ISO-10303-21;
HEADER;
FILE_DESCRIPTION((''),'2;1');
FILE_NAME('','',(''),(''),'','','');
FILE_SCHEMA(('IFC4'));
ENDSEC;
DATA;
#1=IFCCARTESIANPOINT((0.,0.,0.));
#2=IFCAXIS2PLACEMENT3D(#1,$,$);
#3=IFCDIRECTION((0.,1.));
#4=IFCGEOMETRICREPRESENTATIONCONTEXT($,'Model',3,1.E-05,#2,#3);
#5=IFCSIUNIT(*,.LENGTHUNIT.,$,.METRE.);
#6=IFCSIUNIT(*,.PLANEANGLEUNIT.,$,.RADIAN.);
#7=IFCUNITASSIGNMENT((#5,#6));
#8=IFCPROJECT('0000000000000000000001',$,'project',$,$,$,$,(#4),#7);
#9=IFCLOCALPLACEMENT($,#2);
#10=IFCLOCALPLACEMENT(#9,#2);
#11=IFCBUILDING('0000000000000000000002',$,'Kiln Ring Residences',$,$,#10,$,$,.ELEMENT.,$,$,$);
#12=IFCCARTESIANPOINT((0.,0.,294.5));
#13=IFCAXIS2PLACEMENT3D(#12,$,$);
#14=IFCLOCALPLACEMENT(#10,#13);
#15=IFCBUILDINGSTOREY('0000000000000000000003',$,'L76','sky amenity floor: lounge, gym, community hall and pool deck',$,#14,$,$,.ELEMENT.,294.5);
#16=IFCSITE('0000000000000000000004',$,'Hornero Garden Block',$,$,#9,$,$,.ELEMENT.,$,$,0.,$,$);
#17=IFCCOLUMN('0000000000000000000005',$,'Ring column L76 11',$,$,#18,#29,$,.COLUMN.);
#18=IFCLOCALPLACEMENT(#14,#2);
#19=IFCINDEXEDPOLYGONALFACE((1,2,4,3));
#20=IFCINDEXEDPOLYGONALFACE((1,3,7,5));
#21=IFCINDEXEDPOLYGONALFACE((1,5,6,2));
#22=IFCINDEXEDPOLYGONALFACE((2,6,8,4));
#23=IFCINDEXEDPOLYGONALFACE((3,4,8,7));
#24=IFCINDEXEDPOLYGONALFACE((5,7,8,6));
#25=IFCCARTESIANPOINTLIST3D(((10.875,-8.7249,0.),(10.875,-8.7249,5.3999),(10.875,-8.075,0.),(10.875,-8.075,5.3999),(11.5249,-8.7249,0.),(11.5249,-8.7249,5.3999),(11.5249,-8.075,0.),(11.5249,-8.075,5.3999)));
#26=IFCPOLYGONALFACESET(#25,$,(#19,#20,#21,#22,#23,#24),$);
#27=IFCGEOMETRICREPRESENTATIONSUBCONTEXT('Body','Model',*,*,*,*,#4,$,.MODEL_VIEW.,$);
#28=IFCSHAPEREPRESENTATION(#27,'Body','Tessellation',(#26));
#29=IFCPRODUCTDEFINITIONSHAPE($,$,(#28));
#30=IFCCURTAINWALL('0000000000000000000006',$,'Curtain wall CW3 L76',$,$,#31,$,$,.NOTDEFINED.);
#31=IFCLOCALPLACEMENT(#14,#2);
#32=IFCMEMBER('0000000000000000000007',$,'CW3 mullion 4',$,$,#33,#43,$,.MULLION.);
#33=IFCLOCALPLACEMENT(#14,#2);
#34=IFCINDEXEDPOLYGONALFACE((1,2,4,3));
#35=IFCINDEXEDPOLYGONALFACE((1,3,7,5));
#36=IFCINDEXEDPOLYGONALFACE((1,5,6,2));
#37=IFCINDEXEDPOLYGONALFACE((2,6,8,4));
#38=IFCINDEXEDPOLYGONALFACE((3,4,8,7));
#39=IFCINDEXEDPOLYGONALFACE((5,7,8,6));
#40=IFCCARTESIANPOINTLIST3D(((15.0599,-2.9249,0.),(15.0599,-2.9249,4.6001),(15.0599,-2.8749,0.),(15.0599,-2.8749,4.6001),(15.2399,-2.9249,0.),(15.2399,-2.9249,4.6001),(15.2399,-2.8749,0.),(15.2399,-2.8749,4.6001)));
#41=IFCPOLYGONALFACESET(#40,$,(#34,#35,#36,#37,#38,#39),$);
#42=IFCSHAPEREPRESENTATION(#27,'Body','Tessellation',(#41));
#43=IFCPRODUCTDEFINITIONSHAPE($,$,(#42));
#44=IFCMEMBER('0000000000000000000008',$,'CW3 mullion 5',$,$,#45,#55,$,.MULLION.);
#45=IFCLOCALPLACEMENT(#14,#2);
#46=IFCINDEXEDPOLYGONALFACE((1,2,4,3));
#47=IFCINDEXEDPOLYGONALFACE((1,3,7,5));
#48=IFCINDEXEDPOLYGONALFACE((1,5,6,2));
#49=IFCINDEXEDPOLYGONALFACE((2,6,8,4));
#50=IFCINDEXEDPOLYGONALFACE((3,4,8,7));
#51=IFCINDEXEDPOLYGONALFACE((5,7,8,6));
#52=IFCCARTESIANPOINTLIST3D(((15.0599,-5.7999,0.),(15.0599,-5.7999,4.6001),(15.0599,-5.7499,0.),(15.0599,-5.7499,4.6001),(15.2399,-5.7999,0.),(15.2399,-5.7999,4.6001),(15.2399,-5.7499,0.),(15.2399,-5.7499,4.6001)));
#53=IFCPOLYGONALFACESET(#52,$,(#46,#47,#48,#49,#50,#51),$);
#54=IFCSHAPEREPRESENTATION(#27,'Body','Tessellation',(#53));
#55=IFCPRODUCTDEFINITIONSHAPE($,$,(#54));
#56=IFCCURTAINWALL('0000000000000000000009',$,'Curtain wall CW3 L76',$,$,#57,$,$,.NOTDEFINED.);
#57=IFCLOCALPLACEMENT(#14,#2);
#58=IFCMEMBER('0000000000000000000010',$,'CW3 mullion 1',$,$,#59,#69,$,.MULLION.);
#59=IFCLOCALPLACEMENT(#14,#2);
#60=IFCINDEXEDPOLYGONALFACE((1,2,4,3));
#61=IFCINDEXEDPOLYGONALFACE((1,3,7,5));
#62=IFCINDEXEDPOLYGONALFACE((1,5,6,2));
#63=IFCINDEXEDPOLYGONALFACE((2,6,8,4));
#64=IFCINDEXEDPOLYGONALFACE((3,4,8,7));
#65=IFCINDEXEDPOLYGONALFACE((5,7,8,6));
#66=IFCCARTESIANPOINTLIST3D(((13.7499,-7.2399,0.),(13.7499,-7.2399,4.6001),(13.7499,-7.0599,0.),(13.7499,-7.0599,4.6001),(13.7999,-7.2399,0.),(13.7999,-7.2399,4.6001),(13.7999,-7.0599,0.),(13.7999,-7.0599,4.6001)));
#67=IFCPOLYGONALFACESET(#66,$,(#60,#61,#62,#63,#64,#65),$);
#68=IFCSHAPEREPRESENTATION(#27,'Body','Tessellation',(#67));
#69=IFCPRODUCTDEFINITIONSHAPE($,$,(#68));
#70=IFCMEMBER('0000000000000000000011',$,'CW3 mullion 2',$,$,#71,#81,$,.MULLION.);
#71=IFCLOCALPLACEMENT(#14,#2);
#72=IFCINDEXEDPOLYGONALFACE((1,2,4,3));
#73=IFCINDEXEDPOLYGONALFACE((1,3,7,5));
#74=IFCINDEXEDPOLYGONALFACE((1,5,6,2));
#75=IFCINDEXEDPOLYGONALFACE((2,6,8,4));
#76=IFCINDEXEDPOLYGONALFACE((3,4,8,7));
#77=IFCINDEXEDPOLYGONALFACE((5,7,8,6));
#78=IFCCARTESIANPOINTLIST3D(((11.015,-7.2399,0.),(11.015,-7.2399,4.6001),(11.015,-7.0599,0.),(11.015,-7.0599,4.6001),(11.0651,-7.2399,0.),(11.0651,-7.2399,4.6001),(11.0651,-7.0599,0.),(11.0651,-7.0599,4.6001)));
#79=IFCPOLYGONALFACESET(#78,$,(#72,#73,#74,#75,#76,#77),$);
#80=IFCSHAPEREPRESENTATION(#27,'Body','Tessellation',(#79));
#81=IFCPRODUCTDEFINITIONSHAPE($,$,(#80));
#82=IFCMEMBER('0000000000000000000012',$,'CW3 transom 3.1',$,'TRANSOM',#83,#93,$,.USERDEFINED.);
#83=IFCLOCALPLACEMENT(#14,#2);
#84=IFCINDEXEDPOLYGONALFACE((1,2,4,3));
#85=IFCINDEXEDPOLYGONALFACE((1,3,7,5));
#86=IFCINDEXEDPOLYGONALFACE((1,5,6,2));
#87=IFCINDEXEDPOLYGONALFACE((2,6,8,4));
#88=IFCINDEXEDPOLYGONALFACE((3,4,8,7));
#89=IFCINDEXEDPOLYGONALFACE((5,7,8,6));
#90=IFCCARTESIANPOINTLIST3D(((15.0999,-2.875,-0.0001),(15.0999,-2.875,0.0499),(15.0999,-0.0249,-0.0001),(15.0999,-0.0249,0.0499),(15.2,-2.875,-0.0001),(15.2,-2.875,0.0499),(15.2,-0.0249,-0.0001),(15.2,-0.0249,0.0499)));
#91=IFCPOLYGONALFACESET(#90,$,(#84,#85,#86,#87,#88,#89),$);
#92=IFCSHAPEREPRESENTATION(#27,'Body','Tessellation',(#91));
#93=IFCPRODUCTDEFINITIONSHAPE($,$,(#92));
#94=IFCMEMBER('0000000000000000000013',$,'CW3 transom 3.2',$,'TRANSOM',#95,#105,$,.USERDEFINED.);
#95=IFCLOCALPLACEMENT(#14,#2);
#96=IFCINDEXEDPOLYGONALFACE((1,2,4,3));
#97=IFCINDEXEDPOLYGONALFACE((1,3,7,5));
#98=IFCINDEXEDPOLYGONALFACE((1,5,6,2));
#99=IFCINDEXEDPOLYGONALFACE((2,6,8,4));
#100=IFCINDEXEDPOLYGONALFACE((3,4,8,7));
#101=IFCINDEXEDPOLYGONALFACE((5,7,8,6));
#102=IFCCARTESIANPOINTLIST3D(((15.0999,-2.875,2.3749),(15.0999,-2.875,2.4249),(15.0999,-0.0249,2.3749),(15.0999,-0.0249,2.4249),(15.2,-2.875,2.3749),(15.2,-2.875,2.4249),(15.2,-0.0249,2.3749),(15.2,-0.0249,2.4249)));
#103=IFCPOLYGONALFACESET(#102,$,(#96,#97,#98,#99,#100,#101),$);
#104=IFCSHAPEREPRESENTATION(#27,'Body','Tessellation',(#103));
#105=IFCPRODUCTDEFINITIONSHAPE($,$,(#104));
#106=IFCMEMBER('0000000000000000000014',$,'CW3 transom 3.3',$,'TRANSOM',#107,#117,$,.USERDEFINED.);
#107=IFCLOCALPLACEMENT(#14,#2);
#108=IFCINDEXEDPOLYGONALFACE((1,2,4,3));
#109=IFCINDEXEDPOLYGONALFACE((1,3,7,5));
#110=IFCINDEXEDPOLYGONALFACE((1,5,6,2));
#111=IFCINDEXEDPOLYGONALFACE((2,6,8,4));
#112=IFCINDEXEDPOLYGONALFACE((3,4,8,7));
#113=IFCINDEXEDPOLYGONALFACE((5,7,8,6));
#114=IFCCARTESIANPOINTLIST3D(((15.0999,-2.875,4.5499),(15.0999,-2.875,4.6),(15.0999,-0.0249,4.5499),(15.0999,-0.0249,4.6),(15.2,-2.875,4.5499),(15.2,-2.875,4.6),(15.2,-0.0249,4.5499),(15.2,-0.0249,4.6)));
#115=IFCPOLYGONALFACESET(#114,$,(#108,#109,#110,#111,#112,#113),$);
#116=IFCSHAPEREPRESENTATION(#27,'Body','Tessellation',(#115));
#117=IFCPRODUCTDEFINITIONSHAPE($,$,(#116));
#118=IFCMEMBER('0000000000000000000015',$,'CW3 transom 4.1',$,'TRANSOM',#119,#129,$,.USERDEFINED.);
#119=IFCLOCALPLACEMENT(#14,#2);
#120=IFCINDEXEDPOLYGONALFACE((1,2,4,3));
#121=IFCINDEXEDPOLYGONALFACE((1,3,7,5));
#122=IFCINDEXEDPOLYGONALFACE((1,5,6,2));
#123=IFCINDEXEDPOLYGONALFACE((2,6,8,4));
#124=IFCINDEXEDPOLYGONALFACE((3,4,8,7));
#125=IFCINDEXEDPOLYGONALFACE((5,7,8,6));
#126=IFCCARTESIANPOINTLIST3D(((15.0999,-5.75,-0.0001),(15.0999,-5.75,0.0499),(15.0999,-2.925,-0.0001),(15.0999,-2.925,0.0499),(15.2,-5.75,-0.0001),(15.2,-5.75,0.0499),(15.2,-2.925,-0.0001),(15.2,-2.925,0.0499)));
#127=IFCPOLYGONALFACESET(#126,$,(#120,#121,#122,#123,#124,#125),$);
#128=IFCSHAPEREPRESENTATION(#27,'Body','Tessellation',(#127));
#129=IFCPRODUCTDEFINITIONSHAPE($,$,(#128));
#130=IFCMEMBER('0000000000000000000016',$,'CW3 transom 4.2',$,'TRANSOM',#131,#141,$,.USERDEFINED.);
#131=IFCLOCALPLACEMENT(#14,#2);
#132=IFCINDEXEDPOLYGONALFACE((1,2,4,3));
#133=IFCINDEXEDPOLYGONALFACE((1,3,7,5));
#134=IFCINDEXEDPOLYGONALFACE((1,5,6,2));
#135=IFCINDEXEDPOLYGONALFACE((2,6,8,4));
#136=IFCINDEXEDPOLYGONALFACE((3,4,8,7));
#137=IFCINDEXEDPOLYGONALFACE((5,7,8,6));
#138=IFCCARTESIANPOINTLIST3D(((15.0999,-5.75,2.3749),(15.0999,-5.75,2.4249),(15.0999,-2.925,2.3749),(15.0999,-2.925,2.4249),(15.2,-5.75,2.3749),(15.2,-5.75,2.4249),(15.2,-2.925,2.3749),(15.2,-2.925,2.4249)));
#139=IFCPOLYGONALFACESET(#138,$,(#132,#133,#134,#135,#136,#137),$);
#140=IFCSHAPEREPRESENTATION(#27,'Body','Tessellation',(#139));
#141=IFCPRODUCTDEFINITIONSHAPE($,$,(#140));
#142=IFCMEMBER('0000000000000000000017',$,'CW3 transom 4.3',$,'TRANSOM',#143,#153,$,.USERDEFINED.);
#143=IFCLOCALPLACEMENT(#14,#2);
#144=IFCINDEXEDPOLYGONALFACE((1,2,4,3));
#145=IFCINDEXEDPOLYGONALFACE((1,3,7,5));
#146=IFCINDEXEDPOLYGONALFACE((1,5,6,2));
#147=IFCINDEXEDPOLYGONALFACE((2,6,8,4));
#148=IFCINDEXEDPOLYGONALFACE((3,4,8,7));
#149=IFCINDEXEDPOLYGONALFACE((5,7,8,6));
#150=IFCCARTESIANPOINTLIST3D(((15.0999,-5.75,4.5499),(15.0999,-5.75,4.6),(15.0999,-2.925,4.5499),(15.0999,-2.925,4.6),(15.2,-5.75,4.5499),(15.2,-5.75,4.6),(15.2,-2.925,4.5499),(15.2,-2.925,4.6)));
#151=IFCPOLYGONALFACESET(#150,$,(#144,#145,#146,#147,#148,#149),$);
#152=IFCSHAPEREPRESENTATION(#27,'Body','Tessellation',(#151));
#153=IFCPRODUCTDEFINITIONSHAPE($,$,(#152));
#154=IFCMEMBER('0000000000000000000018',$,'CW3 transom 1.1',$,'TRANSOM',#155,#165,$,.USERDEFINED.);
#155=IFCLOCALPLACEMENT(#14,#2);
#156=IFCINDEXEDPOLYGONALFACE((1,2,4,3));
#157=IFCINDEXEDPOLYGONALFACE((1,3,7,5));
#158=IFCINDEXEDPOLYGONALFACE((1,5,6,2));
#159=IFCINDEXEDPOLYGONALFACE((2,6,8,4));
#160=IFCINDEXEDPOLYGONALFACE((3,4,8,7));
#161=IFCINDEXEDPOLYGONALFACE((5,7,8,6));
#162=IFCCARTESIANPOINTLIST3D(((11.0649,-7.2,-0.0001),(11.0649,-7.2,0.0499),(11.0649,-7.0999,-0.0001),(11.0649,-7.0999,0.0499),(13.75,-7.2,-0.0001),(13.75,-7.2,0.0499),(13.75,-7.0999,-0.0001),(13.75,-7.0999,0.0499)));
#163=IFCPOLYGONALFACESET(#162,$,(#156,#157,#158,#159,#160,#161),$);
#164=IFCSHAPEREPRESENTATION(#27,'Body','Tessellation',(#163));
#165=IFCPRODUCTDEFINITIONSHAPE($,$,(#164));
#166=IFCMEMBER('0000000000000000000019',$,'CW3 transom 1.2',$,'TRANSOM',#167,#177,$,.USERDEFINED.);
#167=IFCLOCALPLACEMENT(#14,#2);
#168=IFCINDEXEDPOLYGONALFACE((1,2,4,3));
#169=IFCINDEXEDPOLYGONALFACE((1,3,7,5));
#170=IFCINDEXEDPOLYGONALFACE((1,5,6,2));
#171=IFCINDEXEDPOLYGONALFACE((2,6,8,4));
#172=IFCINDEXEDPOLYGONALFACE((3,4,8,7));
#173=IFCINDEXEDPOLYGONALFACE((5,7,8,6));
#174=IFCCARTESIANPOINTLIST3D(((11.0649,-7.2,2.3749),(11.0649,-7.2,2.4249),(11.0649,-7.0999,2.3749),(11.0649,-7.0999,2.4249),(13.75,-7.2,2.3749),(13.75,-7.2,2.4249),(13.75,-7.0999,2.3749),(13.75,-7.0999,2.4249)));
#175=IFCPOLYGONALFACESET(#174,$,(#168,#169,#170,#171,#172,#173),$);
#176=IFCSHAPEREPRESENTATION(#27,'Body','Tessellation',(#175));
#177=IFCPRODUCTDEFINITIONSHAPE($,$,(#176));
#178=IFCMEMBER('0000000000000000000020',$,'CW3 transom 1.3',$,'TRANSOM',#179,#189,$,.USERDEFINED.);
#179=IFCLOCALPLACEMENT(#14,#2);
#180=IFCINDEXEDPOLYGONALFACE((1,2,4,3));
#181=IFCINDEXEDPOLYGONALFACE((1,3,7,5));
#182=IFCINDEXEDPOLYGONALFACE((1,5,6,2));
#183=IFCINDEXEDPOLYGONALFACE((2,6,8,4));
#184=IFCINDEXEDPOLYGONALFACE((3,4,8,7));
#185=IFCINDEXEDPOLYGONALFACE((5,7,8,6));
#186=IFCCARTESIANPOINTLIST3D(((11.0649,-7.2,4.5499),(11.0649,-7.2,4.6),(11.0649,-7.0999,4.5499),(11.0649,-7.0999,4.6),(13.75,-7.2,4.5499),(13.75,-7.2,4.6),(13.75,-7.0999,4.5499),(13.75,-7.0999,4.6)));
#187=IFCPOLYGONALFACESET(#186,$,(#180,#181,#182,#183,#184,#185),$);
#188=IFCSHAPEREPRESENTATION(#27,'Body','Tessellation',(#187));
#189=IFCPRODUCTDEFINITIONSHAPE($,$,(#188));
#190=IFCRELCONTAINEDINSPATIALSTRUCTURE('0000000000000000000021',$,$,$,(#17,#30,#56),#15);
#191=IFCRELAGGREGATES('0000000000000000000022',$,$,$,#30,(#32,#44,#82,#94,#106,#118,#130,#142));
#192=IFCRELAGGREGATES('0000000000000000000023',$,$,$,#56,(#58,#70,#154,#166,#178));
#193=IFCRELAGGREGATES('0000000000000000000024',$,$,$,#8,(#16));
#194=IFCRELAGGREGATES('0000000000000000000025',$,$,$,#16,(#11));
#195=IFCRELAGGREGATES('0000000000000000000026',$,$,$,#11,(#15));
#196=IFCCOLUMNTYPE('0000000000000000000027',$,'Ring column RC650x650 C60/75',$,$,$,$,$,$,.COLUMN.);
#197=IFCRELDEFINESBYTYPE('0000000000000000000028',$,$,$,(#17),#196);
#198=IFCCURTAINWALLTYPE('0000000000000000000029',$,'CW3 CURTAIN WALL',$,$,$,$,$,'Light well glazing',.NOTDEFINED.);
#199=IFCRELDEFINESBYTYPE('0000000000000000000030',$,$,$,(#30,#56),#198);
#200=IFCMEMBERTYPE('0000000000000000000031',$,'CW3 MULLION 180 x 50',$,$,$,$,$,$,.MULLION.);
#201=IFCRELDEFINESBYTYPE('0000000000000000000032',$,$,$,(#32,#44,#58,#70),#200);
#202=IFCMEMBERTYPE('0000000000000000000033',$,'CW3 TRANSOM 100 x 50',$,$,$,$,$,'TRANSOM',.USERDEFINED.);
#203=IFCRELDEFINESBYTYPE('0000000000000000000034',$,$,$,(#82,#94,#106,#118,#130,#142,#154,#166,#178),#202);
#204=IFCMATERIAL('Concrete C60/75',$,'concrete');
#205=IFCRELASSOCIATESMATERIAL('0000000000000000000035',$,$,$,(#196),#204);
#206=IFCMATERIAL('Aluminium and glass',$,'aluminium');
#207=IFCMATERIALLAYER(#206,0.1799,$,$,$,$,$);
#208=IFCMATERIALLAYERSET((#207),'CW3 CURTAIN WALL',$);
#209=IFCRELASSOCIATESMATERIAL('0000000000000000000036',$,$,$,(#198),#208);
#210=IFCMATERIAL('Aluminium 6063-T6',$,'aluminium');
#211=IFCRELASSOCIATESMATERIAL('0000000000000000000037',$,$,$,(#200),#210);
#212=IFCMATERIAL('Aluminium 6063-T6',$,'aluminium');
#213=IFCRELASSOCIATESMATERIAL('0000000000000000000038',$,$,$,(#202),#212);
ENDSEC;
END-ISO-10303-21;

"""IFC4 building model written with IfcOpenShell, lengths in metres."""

from ifc_helpers import new_model, si_unit, direction, frame, origin, origin_2d, place, context, subcontext, project, spatial, rectangle, extrude, material, layer, layer_set, material_profile, profile_set, type_object, element, aggregate, save


model = new_model("IFC4")

# Units and contexts
model_context = context("Model", 3, precision=1e-05, world=origin(), true_north=direction((0.0, 1.0)))
body_context = subcontext(model_context, "Body", "Model", "MODEL_VIEW")
ifc_project = project(units=[si_unit("LENGTHUNIT", "METRE"), si_unit("PLANEANGLEUNIT", "RADIAN")], contexts=[model_context])

# Site, building, storey
site_placement = place(None, origin())
site = spatial("IfcSite", under=ifc_project, at=site_placement, Name="Hornero Garden Block", CompositionType="ELEMENT", RefElevation=0.0)
building_placement = place(site_placement, origin())
building = spatial("IfcBuilding", under=site, at=building_placement, Name="Kiln Ring Residences", CompositionType="ELEMENT")
storey_placement = place(building_placement, frame((0.0, 0.0, 294.5)))
storey = spatial("IfcBuildingStorey", under=building, at=storey_placement, Name="L76", Description="sky amenity floor: lounge, gym, community hall and pool deck", CompositionType="ELEMENT", Elevation=294.5)

# Column
ifc_material_1 = material(Name="Concrete C60/75", Category="concrete")
ifc_material_profile_1 = material_profile(ifc_material_1, rectangle(XDim=0.6499, YDim=0.6499, at=origin_2d()), Name="RC650x650")
ifc_profile_set_1 = profile_set([ifc_material_profile_1], Name="Concrete C60/75")
column_type = type_object("IfcColumnType", Name="Ring column RC650x650 C60/75", PredefinedType="COLUMN", material=ifc_profile_set_1)
column_placement = place(storey_placement, frame((11.2, -8.3999, 0.0), z_axis=(0.0, 0.0, 1.0), x_axis=(1.0, 0.0, 0.0)))
element("IfcColumn", 1, at=column_placement, inside=storey, type_object=column_type, Name="Ring column L76 11", PredefinedType="COLUMN", context=body_context, shape_type="SweptSolid", body=[
    extrude(rectangle(XDim=0.6499, YDim=0.6499, at=origin_2d()), origin(), (0.0, 0.0, 1.0), 5.3999),
])

# Curtain walls, members
ifc_material_2 = material(Name="Aluminium and glass", Category="aluminium")
ifc_layer_1 = layer(ifc_material_2, 0.1799)
ifc_layer_set_1 = layer_set([ifc_layer_1], Name="CW3 CURTAIN WALL")
curtain_wall_type = type_object("IfcCurtainWallType", Name="CW3 CURTAIN WALL", ElementType="Light well glazing", PredefinedType="NOTDEFINED", material=ifc_layer_set_1)
placement = place(storey_placement, origin())
curtain_wall_1 = element("IfcCurtainWall", 2, at=placement, inside=storey, type_object=curtain_wall_type, Name="Curtain wall CW3 L76", PredefinedType="NOTDEFINED")
ifc_material_3 = material(Name="Aluminium 6063-T6", Category="aluminium")
ifc_material_profile_2 = material_profile(ifc_material_3, rectangle(XDim=0.1799, YDim=0.05, at=origin_2d()), Name="AL 180x50")
ifc_profile_set_2 = profile_set([ifc_material_profile_2], Name="Aluminium 6063-T6")
member_type_1 = type_object("IfcMemberType", Name="CW3 MULLION 180 x 50", PredefinedType="MULLION", material=ifc_profile_set_2)
member_1_placement = place(storey_placement, frame((15.1499, -2.8999, 0.0), z_axis=(0.0, 0.0, 1.0), x_axis=(1.0, 0.0, 0.0)))
member_1 = element("IfcMember", 3, at=member_1_placement, type_object=member_type_1, Name="CW3 mullion 4", PredefinedType="MULLION", context=body_context, shape_type="SweptSolid", body=[
    extrude(rectangle(XDim=0.1799, YDim=0.05, at=origin_2d()), origin(), (0.0, 0.0, 1.0), 4.6001),
])
member_2_placement = place(storey_placement, frame((15.1499, -5.7749, 0.0), z_axis=(0.0, 0.0, 1.0), x_axis=(1.0, 0.0, 0.0)))
member_2 = element("IfcMember", 4, at=member_2_placement, type_object=member_type_1, Name="CW3 mullion 5", PredefinedType="MULLION", context=body_context, shape_type="SweptSolid", body=[
    extrude(rectangle(XDim=0.1799, YDim=0.05, at=origin_2d()), origin(), (0.0, 0.0, 1.0), 4.6001),
])
curtain_wall_2 = element("IfcCurtainWall", 5, at=placement, inside=storey, type_object=curtain_wall_type, Name="Curtain wall CW3 L76", PredefinedType="NOTDEFINED")
member_3_placement = place(storey_placement, frame((13.7749, -7.1499, 0.0), z_axis=(0.0, 0.0, 1.0), x_axis=(0.0, -1.0, 0.0)))
member_3 = element("IfcMember", 6, at=member_3_placement, type_object=member_type_1, Name="CW3 mullion 1", PredefinedType="MULLION", context=body_context, shape_type="SweptSolid", body=[
    extrude(rectangle(XDim=0.1799, YDim=0.05, at=origin_2d()), origin(), (0.0, 0.0, 1.0), 4.6001),
])
member_4_placement = place(storey_placement, frame((11.04, -7.1499, 0.0), z_axis=(0.0, 0.0, 1.0), x_axis=(0.0, -1.0, 0.0)))
member_4 = element("IfcMember", 7, at=member_4_placement, type_object=member_type_1, Name="CW3 mullion 2", PredefinedType="MULLION", context=body_context, shape_type="SweptSolid", body=[
    extrude(rectangle(XDim=0.1799, YDim=0.05, at=origin_2d()), origin(), (0.0, 0.0, 1.0), 4.6001),
])

# Members
ifc_material_4 = material(Name="Aluminium 6063-T6", Category="aluminium")
ifc_material_profile_3 = material_profile(ifc_material_4, rectangle(XDim=0.1001, YDim=0.05, at=origin_2d()), Name="AL 100x50")
ifc_profile_set_3 = profile_set([ifc_material_profile_3], Name="Aluminium 6063-T6")
member_type_2 = type_object("IfcMemberType", Name="CW3 TRANSOM 100 x 50", ElementType="TRANSOM", PredefinedType="USERDEFINED", material=ifc_profile_set_3)
member_5_placement = place(storey_placement, frame((15.1499, -0.0249, 0.0249), z_axis=(0.0, -1.0, 0.0), x_axis=(1.0, 0.0, 0.0)))
member_5 = element("IfcMember", 8, at=member_5_placement, type_object=member_type_2, Name="CW3 transom 3.1", ObjectType="TRANSOM", PredefinedType="USERDEFINED", context=body_context, shape_type="SweptSolid", body=[
    extrude(rectangle(XDim=0.1001, YDim=0.05, at=origin_2d()), origin(), (0.0, 0.0, 1.0), 2.8501),
])
member_6_placement = place(storey_placement, frame((15.1499, -0.0249, 2.3999), z_axis=(0.0, -1.0, 0.0), x_axis=(1.0, 0.0, 0.0)))
member_6 = element("IfcMember", 9, at=member_6_placement, type_object=member_type_2, Name="CW3 transom 3.2", ObjectType="TRANSOM", PredefinedType="USERDEFINED", context=body_context, shape_type="SweptSolid", body=[
    extrude(rectangle(XDim=0.1001, YDim=0.05, at=origin_2d()), origin(), (0.0, 0.0, 1.0), 2.8501),
])
member_7_placement = place(storey_placement, frame((15.1499, -0.0249, 4.575), z_axis=(0.0, -1.0, 0.0), x_axis=(1.0, 0.0, 0.0)))
member_7 = element("IfcMember", 10, at=member_7_placement, type_object=member_type_2, Name="CW3 transom 3.3", ObjectType="TRANSOM", PredefinedType="USERDEFINED", context=body_context, shape_type="SweptSolid", body=[
    extrude(rectangle(XDim=0.1001, YDim=0.05, at=origin_2d()), origin(), (0.0, 0.0, 1.0), 2.8501),
])
member_8_placement = place(storey_placement, frame((15.1499, -2.925, 0.0249), z_axis=(0.0, -1.0, 0.0), x_axis=(1.0, 0.0, 0.0)))
member_8 = element("IfcMember", 11, at=member_8_placement, type_object=member_type_2, Name="CW3 transom 4.1", ObjectType="TRANSOM", PredefinedType="USERDEFINED", context=body_context, shape_type="SweptSolid", body=[
    extrude(rectangle(XDim=0.1001, YDim=0.05, at=origin_2d()), origin(), (0.0, 0.0, 1.0), 2.825),
])
member_9_placement = place(storey_placement, frame((15.1499, -2.925, 2.3999), z_axis=(0.0, -1.0, 0.0), x_axis=(1.0, 0.0, 0.0)))
member_9 = element("IfcMember", 12, at=member_9_placement, type_object=member_type_2, Name="CW3 transom 4.2", ObjectType="TRANSOM", PredefinedType="USERDEFINED", context=body_context, shape_type="SweptSolid", body=[
    extrude(rectangle(XDim=0.1001, YDim=0.05, at=origin_2d()), origin(), (0.0, 0.0, 1.0), 2.825),
])
member_10_placement = place(storey_placement, frame((15.1499, -2.925, 4.575), z_axis=(0.0, -1.0, 0.0), x_axis=(1.0, 0.0, 0.0)))
member_10 = element("IfcMember", 13, at=member_10_placement, type_object=member_type_2, Name="CW3 transom 4.3", ObjectType="TRANSOM", PredefinedType="USERDEFINED", context=body_context, shape_type="SweptSolid", body=[
    extrude(rectangle(XDim=0.1001, YDim=0.05, at=origin_2d()), origin(), (0.0, 0.0, 1.0), 2.825),
])
member_11_placement = place(storey_placement, frame((13.75, -7.1499, 0.0249), z_axis=(-1.0, 0.0, 0.0), x_axis=(0.0, -1.0, 0.0)))
member_11 = element("IfcMember", 14, at=member_11_placement, type_object=member_type_2, Name="CW3 transom 1.1", ObjectType="TRANSOM", PredefinedType="USERDEFINED", context=body_context, shape_type="SweptSolid", body=[
    extrude(rectangle(XDim=0.1001, YDim=0.05, at=origin_2d()), origin(), (0.0, 0.0, 1.0), 2.6851),
])
member_12_placement = place(storey_placement, frame((13.75, -7.1499, 2.3999), z_axis=(-1.0, 0.0, 0.0), x_axis=(0.0, -1.0, 0.0)))
member_12 = element("IfcMember", 15, at=member_12_placement, type_object=member_type_2, Name="CW3 transom 1.2", ObjectType="TRANSOM", PredefinedType="USERDEFINED", context=body_context, shape_type="SweptSolid", body=[
    extrude(rectangle(XDim=0.1001, YDim=0.05, at=origin_2d()), origin(), (0.0, 0.0, 1.0), 2.6851),
])
member_13_placement = place(storey_placement, frame((13.75, -7.1499, 4.575), z_axis=(-1.0, 0.0, 0.0), x_axis=(0.0, -1.0, 0.0)))
member_13 = element("IfcMember", 16, at=member_13_placement, type_object=member_type_2, Name="CW3 transom 1.3", ObjectType="TRANSOM", PredefinedType="USERDEFINED", context=body_context, shape_type="SweptSolid", body=[
    extrude(rectangle(XDim=0.1001, YDim=0.05, at=origin_2d()), origin(), (0.0, 0.0, 1.0), 2.6851),
])

aggregate(curtain_wall_1, [member_1, member_2, member_5, member_6, member_7, member_8, member_9, member_10])
aggregate(curtain_wall_2, [member_3, member_4, member_11, member_12, member_13])

save(model, "model.ifc")
